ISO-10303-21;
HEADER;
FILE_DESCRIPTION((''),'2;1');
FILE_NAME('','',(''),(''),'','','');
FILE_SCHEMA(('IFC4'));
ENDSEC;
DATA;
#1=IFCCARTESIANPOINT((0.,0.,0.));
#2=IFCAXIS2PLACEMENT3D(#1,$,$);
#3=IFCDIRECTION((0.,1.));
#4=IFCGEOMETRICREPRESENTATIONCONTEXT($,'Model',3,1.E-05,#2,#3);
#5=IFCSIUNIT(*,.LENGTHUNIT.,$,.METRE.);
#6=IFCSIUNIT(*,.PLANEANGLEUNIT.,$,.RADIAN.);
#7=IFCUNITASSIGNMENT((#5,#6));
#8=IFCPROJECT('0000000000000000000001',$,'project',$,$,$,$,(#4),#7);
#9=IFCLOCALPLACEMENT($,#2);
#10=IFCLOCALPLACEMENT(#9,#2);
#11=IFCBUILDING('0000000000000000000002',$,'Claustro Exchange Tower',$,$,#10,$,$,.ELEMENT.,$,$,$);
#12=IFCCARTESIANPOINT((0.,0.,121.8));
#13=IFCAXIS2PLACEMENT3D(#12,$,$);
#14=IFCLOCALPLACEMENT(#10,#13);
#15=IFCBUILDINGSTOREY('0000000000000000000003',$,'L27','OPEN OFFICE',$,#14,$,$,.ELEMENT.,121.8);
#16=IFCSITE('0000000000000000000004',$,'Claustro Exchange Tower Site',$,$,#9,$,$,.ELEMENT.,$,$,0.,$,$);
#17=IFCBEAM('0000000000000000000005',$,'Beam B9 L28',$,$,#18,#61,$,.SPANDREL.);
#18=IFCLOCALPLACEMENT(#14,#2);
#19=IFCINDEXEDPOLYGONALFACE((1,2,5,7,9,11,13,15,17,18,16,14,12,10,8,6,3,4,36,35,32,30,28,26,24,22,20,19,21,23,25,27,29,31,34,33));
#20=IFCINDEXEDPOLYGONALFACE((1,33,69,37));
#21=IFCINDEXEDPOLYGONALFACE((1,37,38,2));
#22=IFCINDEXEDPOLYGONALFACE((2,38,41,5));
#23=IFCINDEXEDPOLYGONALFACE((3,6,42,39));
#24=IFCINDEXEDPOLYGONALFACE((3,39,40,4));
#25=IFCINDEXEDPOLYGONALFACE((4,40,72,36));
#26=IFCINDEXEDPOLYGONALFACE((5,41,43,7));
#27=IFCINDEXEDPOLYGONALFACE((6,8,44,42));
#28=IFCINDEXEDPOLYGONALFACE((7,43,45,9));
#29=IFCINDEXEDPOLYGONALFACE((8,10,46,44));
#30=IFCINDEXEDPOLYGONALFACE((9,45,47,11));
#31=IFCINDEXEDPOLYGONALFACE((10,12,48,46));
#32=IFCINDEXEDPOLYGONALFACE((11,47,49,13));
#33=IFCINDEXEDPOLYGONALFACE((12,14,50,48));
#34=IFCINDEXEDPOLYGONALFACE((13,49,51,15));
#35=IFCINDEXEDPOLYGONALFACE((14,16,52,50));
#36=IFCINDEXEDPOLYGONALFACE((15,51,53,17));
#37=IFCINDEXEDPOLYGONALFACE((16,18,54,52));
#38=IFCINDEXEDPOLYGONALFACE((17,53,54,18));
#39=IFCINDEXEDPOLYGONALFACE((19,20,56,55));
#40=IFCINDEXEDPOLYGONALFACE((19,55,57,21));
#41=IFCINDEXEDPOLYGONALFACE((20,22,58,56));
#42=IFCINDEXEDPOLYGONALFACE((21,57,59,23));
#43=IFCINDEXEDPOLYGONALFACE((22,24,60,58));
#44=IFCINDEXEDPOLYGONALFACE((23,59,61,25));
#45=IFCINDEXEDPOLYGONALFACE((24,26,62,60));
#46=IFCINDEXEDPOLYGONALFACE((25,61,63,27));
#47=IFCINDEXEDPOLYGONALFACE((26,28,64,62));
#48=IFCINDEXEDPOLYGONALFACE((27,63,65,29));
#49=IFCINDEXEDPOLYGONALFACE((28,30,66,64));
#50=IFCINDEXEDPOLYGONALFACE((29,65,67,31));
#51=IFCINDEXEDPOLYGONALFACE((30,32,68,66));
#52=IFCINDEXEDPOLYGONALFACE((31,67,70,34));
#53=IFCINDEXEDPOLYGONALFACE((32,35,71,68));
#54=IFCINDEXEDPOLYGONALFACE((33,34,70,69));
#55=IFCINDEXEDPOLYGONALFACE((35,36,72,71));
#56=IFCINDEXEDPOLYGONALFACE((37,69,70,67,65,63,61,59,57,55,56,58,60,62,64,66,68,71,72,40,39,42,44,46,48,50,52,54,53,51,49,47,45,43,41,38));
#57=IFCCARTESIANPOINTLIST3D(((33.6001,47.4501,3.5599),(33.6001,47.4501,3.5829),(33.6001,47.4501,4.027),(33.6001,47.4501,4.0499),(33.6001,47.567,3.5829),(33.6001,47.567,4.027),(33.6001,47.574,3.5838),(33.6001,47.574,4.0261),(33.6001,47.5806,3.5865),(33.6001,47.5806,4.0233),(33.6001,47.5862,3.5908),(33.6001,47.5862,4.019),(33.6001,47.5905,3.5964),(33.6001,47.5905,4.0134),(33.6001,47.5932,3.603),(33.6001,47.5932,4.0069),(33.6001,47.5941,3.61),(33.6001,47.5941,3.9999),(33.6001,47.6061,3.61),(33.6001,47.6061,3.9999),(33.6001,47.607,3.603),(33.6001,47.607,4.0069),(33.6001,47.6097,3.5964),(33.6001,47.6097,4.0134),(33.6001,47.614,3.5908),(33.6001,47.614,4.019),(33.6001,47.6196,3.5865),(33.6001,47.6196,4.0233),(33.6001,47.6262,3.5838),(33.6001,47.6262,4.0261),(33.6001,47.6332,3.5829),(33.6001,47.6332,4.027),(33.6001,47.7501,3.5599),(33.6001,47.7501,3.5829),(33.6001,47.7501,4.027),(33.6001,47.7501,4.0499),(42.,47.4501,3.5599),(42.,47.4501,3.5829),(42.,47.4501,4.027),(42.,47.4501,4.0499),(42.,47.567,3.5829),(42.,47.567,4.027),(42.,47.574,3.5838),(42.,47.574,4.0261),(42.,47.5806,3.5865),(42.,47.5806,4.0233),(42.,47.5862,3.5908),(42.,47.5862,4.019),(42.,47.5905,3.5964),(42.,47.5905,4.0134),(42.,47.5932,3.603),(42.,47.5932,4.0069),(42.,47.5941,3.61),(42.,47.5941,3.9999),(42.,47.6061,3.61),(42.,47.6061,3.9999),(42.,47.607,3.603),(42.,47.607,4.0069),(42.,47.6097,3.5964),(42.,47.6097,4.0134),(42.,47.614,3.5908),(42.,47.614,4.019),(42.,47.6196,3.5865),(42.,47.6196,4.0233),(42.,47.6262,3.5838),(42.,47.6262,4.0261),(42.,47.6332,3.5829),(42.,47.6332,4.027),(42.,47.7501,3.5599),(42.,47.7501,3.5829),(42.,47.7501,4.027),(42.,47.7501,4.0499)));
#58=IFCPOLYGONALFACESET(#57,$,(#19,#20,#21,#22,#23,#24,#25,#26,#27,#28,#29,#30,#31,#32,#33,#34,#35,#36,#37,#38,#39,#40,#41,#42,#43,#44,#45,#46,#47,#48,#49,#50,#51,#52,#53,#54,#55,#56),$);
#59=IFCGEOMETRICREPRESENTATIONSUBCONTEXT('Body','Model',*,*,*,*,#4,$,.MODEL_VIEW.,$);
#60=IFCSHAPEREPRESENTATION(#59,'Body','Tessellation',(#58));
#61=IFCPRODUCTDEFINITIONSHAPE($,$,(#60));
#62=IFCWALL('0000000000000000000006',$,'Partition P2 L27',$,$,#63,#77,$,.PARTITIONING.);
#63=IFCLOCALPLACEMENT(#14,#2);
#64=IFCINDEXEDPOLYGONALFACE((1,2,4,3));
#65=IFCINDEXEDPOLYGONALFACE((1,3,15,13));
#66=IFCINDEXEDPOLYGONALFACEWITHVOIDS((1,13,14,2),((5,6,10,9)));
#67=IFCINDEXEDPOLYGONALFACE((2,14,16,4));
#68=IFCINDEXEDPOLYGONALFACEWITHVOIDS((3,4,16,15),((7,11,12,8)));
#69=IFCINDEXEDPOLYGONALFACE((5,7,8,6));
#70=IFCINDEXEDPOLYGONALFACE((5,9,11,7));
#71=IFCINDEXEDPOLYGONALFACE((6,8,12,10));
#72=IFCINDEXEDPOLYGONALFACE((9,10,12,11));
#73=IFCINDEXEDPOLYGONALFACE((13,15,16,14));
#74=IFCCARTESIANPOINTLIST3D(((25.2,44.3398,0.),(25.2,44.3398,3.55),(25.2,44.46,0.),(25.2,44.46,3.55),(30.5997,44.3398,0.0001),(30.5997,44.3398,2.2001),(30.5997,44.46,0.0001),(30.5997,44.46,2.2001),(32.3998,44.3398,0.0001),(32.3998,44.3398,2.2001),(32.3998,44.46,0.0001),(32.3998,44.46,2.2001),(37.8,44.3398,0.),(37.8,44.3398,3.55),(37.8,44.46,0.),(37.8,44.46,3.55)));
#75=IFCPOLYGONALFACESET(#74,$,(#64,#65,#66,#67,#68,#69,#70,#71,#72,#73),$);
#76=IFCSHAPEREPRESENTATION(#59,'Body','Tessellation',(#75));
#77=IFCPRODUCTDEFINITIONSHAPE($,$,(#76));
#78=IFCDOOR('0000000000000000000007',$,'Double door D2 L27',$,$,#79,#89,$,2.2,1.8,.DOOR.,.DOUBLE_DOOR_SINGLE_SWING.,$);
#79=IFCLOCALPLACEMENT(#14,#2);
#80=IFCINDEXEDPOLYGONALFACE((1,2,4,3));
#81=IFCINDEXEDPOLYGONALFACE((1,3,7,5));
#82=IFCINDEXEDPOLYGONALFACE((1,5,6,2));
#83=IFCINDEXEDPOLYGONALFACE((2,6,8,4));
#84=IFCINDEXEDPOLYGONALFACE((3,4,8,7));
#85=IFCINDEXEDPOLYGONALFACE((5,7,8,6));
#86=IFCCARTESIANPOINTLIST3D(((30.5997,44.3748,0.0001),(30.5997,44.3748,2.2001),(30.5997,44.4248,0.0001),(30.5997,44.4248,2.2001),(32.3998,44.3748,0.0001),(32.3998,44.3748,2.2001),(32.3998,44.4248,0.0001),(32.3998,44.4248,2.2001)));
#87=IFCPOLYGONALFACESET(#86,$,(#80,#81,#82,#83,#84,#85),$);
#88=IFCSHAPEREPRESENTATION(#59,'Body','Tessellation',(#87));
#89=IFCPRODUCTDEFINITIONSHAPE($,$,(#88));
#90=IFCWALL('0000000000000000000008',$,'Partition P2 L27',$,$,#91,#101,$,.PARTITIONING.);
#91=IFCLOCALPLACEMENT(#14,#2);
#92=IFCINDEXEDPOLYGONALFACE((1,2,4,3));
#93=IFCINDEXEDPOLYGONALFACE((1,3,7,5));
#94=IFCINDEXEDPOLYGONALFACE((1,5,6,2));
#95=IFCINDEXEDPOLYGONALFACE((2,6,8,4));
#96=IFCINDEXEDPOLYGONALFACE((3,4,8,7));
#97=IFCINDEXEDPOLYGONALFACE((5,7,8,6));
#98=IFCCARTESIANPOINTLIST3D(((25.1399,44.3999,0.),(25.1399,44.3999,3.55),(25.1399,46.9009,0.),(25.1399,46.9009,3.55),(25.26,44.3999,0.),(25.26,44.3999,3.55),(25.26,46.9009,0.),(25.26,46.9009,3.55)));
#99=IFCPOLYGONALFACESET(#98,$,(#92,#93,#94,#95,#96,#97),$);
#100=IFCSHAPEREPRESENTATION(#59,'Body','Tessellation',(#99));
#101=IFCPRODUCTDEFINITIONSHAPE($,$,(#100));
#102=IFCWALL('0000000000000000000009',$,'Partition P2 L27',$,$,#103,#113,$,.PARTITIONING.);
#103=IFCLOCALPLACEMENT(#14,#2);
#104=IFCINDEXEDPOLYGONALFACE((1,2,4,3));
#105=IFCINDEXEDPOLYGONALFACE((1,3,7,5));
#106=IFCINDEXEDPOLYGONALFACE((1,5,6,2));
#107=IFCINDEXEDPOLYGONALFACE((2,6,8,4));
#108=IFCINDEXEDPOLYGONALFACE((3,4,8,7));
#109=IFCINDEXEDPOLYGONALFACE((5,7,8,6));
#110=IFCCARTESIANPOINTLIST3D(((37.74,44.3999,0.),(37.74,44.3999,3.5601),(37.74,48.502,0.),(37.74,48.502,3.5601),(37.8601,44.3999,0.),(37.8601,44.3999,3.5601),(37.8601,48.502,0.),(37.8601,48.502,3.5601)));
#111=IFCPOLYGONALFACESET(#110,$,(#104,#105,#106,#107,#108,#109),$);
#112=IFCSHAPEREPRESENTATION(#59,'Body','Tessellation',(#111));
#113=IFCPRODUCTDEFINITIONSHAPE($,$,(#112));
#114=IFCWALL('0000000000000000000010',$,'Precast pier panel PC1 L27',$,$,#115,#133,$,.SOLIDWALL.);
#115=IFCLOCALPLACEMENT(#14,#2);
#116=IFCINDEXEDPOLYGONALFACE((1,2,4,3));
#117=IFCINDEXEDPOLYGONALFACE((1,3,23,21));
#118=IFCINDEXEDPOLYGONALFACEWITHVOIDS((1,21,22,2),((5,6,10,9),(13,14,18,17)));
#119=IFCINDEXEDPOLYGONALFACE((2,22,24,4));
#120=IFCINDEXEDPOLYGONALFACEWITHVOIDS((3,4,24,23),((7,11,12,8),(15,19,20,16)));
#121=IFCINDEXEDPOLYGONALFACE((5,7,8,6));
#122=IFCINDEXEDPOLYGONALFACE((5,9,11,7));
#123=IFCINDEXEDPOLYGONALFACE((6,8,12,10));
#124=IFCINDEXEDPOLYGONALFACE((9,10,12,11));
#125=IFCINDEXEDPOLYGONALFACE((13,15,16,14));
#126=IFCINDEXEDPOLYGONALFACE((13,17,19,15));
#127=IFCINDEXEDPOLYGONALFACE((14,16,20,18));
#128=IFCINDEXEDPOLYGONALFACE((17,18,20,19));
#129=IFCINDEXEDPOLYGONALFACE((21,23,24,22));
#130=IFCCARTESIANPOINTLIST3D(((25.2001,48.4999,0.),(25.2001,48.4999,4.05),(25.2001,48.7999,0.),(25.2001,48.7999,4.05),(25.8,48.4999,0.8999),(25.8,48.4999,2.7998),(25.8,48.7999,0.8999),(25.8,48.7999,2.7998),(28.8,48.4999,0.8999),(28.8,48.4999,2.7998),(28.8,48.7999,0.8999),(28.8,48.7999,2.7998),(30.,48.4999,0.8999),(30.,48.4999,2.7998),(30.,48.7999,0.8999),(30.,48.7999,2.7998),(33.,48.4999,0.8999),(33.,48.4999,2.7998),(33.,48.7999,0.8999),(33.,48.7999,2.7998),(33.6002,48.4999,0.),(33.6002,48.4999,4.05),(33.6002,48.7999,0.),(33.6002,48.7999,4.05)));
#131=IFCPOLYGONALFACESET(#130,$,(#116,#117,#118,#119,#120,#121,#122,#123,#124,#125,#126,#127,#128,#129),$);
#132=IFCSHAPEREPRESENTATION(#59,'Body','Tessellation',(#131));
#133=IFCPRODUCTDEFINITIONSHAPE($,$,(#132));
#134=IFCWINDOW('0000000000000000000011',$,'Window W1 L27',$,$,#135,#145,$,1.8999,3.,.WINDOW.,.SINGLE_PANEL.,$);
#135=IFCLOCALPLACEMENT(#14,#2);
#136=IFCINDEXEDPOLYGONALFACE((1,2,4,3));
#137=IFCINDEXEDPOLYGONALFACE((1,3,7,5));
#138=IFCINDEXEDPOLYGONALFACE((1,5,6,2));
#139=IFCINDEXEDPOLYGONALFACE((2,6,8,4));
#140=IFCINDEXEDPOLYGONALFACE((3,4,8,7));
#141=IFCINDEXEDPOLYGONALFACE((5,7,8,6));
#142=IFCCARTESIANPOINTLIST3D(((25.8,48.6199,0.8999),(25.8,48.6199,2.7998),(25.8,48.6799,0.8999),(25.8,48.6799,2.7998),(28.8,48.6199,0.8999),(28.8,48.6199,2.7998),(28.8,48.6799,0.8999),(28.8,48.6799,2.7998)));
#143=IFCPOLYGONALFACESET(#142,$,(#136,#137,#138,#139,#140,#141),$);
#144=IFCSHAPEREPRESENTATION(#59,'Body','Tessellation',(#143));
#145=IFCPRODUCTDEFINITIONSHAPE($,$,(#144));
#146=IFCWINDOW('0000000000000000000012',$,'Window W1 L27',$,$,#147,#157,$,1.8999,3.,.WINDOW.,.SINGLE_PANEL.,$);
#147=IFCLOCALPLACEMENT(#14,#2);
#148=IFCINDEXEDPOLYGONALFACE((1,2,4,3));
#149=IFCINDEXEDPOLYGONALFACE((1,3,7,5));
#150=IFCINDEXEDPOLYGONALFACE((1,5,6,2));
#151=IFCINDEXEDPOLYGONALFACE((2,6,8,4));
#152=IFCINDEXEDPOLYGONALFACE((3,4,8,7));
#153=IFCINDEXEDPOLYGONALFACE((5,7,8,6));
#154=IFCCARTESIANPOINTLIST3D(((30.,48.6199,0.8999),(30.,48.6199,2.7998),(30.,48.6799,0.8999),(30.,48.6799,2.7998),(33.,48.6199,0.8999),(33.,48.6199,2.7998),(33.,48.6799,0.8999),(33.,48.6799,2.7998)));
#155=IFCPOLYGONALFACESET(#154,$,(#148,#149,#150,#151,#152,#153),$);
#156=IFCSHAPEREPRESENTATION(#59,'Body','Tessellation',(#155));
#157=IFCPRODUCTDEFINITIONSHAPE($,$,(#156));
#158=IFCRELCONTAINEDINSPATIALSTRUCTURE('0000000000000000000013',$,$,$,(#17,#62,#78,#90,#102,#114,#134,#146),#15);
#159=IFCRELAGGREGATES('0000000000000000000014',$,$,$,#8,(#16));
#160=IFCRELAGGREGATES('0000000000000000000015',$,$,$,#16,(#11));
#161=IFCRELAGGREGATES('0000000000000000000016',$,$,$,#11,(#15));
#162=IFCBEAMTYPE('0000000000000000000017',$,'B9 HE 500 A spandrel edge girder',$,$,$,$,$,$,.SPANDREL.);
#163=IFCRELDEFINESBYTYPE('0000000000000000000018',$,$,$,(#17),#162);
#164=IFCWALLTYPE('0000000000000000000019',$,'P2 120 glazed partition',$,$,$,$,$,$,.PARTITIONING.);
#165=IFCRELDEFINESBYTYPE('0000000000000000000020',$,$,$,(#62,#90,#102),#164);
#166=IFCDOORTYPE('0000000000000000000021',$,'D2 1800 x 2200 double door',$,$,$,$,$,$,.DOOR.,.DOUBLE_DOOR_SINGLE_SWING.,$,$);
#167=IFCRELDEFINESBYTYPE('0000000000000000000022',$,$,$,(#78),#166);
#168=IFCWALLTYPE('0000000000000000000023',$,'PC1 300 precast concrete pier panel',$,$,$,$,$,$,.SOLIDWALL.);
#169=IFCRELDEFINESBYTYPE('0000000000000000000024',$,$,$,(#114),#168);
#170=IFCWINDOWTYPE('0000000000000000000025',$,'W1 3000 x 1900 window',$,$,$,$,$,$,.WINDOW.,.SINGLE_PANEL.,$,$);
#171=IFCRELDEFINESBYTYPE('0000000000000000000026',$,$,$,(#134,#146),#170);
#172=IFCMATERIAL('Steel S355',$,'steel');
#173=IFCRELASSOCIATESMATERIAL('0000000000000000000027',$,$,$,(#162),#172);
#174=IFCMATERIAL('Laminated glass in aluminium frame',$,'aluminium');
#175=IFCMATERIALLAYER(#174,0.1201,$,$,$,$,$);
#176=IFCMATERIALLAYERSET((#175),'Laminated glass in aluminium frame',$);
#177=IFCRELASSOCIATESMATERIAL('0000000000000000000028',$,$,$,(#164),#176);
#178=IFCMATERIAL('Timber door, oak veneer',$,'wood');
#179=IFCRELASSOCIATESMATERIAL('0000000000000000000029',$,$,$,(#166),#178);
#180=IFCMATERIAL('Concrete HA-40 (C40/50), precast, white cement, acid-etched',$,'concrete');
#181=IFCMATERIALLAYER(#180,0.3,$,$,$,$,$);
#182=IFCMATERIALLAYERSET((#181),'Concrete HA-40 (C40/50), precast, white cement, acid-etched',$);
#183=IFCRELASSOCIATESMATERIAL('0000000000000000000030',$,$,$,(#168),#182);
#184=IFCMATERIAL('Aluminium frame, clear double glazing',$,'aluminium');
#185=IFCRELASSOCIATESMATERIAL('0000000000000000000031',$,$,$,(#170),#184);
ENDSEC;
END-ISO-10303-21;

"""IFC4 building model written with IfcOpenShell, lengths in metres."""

from ifc_helpers import new_model, si_unit, direction, frame, frame_2d, origin, origin_2d, place, context, subcontext, project, spatial, rectangle, i_section, extrude, material, layer, layer_set, material_profile, profile_set, type_object, element, fill, save


model = new_model("IFC4")

# Units and contexts
model_context = context("Model", 3, precision=1e-05, world=origin(), true_north=direction((0.0, 1.0)))
body_context = subcontext(model_context, "Body", "Model", "MODEL_VIEW")
ifc_project = project(units=[si_unit("LENGTHUNIT", "METRE"), si_unit("PLANEANGLEUNIT", "RADIAN")], contexts=[model_context])

# Site, building, storey
site_placement = place(None, origin())
site = spatial("IfcSite", under=ifc_project, at=site_placement, Name="Claustro Exchange Tower Site", CompositionType="ELEMENT", RefElevation=0.0)
building_placement = place(site_placement, origin())
building = spatial("IfcBuilding", under=site, at=building_placement, Name="Claustro Exchange Tower", CompositionType="ELEMENT")
storey_placement = place(building_placement, frame((0.0, 0.0, 121.8)))
storey = spatial("IfcBuildingStorey", under=building, at=storey_placement, Name="L27", Description="OPEN OFFICE", CompositionType="ELEMENT", Elevation=121.8)

# Beam
ifc_material_1 = material(Name="Steel S355", Category="steel")
ifc_material_profile_1 = material_profile(ifc_material_1, i_section(OverallWidth=0.3, OverallDepth=0.49, WebThickness=0.012, FlangeThickness=0.0229, FilletRadius=0.0271, at=origin_2d()), Name="HE 500 A")
ifc_profile_set_1 = profile_set([ifc_material_profile_1], Name="Steel S355")
beam_type_1 = type_object("IfcBeamType", Name="B9 HE 500 A spandrel edge girder", PredefinedType="SPANDREL", material=ifc_profile_set_1)
beam_1_placement = place(storey_placement, frame((33.6001, 47.6001, 3.8049), z_axis=(1.0, 0.0, 0.0), x_axis=(0.0, 1.0, 0.0)))
element("IfcBeam", 1, at=beam_1_placement, inside=storey, type_object=beam_type_1, Name="Beam B9 L28", PredefinedType="SPANDREL", context=body_context, shape_type="SweptSolid", body=[
    extrude(i_section(OverallWidth=0.3, OverallDepth=0.49, WebThickness=0.012, FlangeThickness=0.0229, FilletRadius=0.0271, at=origin_2d()), origin(), (0.0, 0.0, 1.0), 8.3999),
])

# Wall, opening, door
ifc_material_2 = material(Name="Laminated glass in aluminium frame", Category="aluminium")
ifc_layer_1 = layer(ifc_material_2, 0.1201)
ifc_layer_set_1 = layer_set([ifc_layer_1], Name="Laminated glass in aluminium frame")
wall_type_1 = type_object("IfcWallType", Name="P2 120 glazed partition", PredefinedType="PARTITIONING", material=ifc_layer_set_1)
wall_1_placement = place(storey_placement, frame((25.2, 44.3999, 0.0), z_axis=(0.0, 0.0, 1.0), x_axis=(1.0, 0.0, 0.0)))
wall_1 = element("IfcWall", 2, at=wall_1_placement, inside=storey, type_object=wall_type_1, Name="Partition P2 L27", PredefinedType="PARTITIONING", context=body_context, shape_type="SweptSolid", body=[
    extrude(rectangle(XDim=12.6001, YDim=0.1201, at=frame_2d((6.3, 0.0))), origin(), (0.0, 0.0, 1.0), 3.55),
])
opening_1_placement = place(wall_1_placement, frame((5.3999, 0.0, 0.0)))
opening_1 = element("IfcOpeningElement", 3, at=opening_1_placement, cuts=wall_1, PredefinedType="OPENING", context=body_context, shape_type="SweptSolid", body=[
    extrude(rectangle(XDim=1.8, YDim=2.2, at=frame_2d((0.8999, 1.1001))), frame((0.0, 0.0701, 0.0), z_axis=(0.0, -1.0, 0.0), x_axis=(1.0, 0.0, 0.0)), (0.0, 0.0, 1.0), 0.1401),
])
ifc_material_3 = material(Name="Timber door, oak veneer", Category="wood")
door_type = type_object("IfcDoorType", Name="D2 1800 x 2200 double door", OperationType="DOUBLE_DOOR_SINGLE_SWING", PredefinedType="DOOR", material=ifc_material_3)
door_placement = place(opening_1_placement, origin())
door = element("IfcDoor", 4, at=door_placement, inside=storey, type_object=door_type, Name="Double door D2 L27", OperationType="DOUBLE_DOOR_SINGLE_SWING", OverallHeight=2.2, OverallWidth=1.8, PredefinedType="DOOR", context=body_context, shape_type="SweptSolid", body=[
    extrude(rectangle(XDim=1.8, YDim=2.2, at=frame_2d((0.8999, 1.1001))), frame((0.0, 0.0249, 0.0), z_axis=(0.0, -1.0, 0.0), x_axis=(1.0, 0.0, 0.0)), (0.0, 0.0, 1.0), 0.05),
])
fill(opening_1, door)

# Walls
wall_2_placement = place(storey_placement, frame((25.2, 44.3999, 0.0), z_axis=(0.0, 0.0, 1.0), x_axis=(0.0, 1.0, 0.0)))
element("IfcWall", 5, at=wall_2_placement, inside=storey, type_object=wall_type_1, Name="Partition P2 L27", PredefinedType="PARTITIONING", context=body_context, shape_type="SweptSolid", body=[
    extrude(rectangle(XDim=2.501, YDim=0.1201, at=frame_2d((1.2505, 0.0))), origin(), (0.0, 0.0, 1.0), 3.55),
])
wall_3_placement = place(storey_placement, frame((37.8, 44.3999, 0.0), z_axis=(0.0, 0.0, 1.0), x_axis=(0.0, 1.0, 0.0)))
element("IfcWall", 6, at=wall_3_placement, inside=storey, type_object=wall_type_1, Name="Partition P2 L27", PredefinedType="PARTITIONING", context=body_context, shape_type="SweptSolid", body=[
    extrude(rectangle(XDim=4.1021, YDim=0.1201, at=frame_2d((2.051, 0.0))), origin(), (0.0, 0.0, 1.0), 3.5601),
])

# Wall, openings, windows
ifc_material_4 = material(Name="Concrete HA-40 (C40/50), precast, white cement, acid-etched", Category="concrete")
ifc_layer_2 = layer(ifc_material_4, 0.3)
ifc_layer_set_2 = layer_set([ifc_layer_2], Name="Concrete HA-40 (C40/50), precast, white cement, acid-etched")
wall_type_2 = type_object("IfcWallType", Name="PC1 300 precast concrete pier panel", PredefinedType="SOLIDWALL", material=ifc_layer_set_2)
wall_4_placement = place(storey_placement, frame((25.2, 48.6499, 0.0), z_axis=(0.0, 0.0, 1.0), x_axis=(1.0, 0.0, 0.0)))
wall_4 = element("IfcWall", 7, at=wall_4_placement, inside=storey, type_object=wall_type_2, Name="Precast pier panel PC1 L27", PredefinedType="SOLIDWALL", context=body_context, shape_type="SweptSolid", body=[
    extrude(rectangle(XDim=8.4001, YDim=0.3, at=frame_2d((4.2002, 0.0))), origin(), (0.0, 0.0, 1.0), 4.05),
])
opening_2_placement = place(wall_4_placement, frame((0.6001, 0.0, 0.8999)))
opening_2 = element("IfcOpeningElement", 8, at=opening_2_placement, cuts=wall_4, PredefinedType="OPENING", context=body_context, shape_type="SweptSolid", body=[
    extrude(rectangle(XDim=3.0, YDim=1.8999, at=frame_2d((1.5, 0.95))), frame((0.0, 0.1599, 0.0), z_axis=(0.0, -1.0, 0.0), x_axis=(1.0, 0.0, 0.0)), (0.0, 0.0, 1.0), 0.3201),
])
opening_3_placement = place(wall_4_placement, frame((4.8, 0.0, 0.8999)))
opening_3 = element("IfcOpeningElement", 9, at=opening_3_placement, cuts=wall_4, PredefinedType="OPENING", context=body_context, shape_type="SweptSolid", body=[
    extrude(rectangle(XDim=3.0, YDim=1.8999, at=frame_2d((1.5, 0.95))), frame((0.0, 0.1599, 0.0), z_axis=(0.0, -1.0, 0.0), x_axis=(1.0, 0.0, 0.0)), (0.0, 0.0, 1.0), 0.3201),
])
ifc_material_5 = material(Name="Aluminium frame, clear double glazing", Category="aluminium")
window_type = type_object("IfcWindowType", Name="W1 3000 x 1900 window", PartitioningType="SINGLE_PANEL", PredefinedType="WINDOW", material=ifc_material_5)
window_1_placement = place(opening_2_placement, origin())
window_1 = element("IfcWindow", 10, at=window_1_placement, inside=storey, type_object=window_type, Name="Window W1 L27", OverallHeight=1.8999, OverallWidth=3.0, PartitioningType="SINGLE_PANEL", PredefinedType="WINDOW", context=body_context, shape_type="SweptSolid", body=[
    extrude(rectangle(XDim=3.0, YDim=1.8999, at=frame_2d((1.5, 0.95))), frame((0.0, 0.03, 0.0), z_axis=(0.0, -1.0, 0.0), x_axis=(1.0, 0.0, 0.0)), (0.0, 0.0, 1.0), 0.0601),
])
fill(opening_2, window_1)
window_2_placement = place(opening_3_placement, origin())
window_2 = element("IfcWindow", 11, at=window_2_placement, inside=storey, type_object=window_type, Name="Window W1 L27", OverallHeight=1.8999, OverallWidth=3.0, PartitioningType="SINGLE_PANEL", PredefinedType="WINDOW", context=body_context, shape_type="SweptSolid", body=[
    extrude(rectangle(XDim=3.0, YDim=1.8999, at=frame_2d((1.5, 0.95))), frame((0.0, 0.03, 0.0), z_axis=(0.0, -1.0, 0.0), x_axis=(1.0, 0.0, 0.0)), (0.0, 0.0, 1.0), 0.0601),
])
fill(opening_3, window_2)

save(model, "model.ifc")
